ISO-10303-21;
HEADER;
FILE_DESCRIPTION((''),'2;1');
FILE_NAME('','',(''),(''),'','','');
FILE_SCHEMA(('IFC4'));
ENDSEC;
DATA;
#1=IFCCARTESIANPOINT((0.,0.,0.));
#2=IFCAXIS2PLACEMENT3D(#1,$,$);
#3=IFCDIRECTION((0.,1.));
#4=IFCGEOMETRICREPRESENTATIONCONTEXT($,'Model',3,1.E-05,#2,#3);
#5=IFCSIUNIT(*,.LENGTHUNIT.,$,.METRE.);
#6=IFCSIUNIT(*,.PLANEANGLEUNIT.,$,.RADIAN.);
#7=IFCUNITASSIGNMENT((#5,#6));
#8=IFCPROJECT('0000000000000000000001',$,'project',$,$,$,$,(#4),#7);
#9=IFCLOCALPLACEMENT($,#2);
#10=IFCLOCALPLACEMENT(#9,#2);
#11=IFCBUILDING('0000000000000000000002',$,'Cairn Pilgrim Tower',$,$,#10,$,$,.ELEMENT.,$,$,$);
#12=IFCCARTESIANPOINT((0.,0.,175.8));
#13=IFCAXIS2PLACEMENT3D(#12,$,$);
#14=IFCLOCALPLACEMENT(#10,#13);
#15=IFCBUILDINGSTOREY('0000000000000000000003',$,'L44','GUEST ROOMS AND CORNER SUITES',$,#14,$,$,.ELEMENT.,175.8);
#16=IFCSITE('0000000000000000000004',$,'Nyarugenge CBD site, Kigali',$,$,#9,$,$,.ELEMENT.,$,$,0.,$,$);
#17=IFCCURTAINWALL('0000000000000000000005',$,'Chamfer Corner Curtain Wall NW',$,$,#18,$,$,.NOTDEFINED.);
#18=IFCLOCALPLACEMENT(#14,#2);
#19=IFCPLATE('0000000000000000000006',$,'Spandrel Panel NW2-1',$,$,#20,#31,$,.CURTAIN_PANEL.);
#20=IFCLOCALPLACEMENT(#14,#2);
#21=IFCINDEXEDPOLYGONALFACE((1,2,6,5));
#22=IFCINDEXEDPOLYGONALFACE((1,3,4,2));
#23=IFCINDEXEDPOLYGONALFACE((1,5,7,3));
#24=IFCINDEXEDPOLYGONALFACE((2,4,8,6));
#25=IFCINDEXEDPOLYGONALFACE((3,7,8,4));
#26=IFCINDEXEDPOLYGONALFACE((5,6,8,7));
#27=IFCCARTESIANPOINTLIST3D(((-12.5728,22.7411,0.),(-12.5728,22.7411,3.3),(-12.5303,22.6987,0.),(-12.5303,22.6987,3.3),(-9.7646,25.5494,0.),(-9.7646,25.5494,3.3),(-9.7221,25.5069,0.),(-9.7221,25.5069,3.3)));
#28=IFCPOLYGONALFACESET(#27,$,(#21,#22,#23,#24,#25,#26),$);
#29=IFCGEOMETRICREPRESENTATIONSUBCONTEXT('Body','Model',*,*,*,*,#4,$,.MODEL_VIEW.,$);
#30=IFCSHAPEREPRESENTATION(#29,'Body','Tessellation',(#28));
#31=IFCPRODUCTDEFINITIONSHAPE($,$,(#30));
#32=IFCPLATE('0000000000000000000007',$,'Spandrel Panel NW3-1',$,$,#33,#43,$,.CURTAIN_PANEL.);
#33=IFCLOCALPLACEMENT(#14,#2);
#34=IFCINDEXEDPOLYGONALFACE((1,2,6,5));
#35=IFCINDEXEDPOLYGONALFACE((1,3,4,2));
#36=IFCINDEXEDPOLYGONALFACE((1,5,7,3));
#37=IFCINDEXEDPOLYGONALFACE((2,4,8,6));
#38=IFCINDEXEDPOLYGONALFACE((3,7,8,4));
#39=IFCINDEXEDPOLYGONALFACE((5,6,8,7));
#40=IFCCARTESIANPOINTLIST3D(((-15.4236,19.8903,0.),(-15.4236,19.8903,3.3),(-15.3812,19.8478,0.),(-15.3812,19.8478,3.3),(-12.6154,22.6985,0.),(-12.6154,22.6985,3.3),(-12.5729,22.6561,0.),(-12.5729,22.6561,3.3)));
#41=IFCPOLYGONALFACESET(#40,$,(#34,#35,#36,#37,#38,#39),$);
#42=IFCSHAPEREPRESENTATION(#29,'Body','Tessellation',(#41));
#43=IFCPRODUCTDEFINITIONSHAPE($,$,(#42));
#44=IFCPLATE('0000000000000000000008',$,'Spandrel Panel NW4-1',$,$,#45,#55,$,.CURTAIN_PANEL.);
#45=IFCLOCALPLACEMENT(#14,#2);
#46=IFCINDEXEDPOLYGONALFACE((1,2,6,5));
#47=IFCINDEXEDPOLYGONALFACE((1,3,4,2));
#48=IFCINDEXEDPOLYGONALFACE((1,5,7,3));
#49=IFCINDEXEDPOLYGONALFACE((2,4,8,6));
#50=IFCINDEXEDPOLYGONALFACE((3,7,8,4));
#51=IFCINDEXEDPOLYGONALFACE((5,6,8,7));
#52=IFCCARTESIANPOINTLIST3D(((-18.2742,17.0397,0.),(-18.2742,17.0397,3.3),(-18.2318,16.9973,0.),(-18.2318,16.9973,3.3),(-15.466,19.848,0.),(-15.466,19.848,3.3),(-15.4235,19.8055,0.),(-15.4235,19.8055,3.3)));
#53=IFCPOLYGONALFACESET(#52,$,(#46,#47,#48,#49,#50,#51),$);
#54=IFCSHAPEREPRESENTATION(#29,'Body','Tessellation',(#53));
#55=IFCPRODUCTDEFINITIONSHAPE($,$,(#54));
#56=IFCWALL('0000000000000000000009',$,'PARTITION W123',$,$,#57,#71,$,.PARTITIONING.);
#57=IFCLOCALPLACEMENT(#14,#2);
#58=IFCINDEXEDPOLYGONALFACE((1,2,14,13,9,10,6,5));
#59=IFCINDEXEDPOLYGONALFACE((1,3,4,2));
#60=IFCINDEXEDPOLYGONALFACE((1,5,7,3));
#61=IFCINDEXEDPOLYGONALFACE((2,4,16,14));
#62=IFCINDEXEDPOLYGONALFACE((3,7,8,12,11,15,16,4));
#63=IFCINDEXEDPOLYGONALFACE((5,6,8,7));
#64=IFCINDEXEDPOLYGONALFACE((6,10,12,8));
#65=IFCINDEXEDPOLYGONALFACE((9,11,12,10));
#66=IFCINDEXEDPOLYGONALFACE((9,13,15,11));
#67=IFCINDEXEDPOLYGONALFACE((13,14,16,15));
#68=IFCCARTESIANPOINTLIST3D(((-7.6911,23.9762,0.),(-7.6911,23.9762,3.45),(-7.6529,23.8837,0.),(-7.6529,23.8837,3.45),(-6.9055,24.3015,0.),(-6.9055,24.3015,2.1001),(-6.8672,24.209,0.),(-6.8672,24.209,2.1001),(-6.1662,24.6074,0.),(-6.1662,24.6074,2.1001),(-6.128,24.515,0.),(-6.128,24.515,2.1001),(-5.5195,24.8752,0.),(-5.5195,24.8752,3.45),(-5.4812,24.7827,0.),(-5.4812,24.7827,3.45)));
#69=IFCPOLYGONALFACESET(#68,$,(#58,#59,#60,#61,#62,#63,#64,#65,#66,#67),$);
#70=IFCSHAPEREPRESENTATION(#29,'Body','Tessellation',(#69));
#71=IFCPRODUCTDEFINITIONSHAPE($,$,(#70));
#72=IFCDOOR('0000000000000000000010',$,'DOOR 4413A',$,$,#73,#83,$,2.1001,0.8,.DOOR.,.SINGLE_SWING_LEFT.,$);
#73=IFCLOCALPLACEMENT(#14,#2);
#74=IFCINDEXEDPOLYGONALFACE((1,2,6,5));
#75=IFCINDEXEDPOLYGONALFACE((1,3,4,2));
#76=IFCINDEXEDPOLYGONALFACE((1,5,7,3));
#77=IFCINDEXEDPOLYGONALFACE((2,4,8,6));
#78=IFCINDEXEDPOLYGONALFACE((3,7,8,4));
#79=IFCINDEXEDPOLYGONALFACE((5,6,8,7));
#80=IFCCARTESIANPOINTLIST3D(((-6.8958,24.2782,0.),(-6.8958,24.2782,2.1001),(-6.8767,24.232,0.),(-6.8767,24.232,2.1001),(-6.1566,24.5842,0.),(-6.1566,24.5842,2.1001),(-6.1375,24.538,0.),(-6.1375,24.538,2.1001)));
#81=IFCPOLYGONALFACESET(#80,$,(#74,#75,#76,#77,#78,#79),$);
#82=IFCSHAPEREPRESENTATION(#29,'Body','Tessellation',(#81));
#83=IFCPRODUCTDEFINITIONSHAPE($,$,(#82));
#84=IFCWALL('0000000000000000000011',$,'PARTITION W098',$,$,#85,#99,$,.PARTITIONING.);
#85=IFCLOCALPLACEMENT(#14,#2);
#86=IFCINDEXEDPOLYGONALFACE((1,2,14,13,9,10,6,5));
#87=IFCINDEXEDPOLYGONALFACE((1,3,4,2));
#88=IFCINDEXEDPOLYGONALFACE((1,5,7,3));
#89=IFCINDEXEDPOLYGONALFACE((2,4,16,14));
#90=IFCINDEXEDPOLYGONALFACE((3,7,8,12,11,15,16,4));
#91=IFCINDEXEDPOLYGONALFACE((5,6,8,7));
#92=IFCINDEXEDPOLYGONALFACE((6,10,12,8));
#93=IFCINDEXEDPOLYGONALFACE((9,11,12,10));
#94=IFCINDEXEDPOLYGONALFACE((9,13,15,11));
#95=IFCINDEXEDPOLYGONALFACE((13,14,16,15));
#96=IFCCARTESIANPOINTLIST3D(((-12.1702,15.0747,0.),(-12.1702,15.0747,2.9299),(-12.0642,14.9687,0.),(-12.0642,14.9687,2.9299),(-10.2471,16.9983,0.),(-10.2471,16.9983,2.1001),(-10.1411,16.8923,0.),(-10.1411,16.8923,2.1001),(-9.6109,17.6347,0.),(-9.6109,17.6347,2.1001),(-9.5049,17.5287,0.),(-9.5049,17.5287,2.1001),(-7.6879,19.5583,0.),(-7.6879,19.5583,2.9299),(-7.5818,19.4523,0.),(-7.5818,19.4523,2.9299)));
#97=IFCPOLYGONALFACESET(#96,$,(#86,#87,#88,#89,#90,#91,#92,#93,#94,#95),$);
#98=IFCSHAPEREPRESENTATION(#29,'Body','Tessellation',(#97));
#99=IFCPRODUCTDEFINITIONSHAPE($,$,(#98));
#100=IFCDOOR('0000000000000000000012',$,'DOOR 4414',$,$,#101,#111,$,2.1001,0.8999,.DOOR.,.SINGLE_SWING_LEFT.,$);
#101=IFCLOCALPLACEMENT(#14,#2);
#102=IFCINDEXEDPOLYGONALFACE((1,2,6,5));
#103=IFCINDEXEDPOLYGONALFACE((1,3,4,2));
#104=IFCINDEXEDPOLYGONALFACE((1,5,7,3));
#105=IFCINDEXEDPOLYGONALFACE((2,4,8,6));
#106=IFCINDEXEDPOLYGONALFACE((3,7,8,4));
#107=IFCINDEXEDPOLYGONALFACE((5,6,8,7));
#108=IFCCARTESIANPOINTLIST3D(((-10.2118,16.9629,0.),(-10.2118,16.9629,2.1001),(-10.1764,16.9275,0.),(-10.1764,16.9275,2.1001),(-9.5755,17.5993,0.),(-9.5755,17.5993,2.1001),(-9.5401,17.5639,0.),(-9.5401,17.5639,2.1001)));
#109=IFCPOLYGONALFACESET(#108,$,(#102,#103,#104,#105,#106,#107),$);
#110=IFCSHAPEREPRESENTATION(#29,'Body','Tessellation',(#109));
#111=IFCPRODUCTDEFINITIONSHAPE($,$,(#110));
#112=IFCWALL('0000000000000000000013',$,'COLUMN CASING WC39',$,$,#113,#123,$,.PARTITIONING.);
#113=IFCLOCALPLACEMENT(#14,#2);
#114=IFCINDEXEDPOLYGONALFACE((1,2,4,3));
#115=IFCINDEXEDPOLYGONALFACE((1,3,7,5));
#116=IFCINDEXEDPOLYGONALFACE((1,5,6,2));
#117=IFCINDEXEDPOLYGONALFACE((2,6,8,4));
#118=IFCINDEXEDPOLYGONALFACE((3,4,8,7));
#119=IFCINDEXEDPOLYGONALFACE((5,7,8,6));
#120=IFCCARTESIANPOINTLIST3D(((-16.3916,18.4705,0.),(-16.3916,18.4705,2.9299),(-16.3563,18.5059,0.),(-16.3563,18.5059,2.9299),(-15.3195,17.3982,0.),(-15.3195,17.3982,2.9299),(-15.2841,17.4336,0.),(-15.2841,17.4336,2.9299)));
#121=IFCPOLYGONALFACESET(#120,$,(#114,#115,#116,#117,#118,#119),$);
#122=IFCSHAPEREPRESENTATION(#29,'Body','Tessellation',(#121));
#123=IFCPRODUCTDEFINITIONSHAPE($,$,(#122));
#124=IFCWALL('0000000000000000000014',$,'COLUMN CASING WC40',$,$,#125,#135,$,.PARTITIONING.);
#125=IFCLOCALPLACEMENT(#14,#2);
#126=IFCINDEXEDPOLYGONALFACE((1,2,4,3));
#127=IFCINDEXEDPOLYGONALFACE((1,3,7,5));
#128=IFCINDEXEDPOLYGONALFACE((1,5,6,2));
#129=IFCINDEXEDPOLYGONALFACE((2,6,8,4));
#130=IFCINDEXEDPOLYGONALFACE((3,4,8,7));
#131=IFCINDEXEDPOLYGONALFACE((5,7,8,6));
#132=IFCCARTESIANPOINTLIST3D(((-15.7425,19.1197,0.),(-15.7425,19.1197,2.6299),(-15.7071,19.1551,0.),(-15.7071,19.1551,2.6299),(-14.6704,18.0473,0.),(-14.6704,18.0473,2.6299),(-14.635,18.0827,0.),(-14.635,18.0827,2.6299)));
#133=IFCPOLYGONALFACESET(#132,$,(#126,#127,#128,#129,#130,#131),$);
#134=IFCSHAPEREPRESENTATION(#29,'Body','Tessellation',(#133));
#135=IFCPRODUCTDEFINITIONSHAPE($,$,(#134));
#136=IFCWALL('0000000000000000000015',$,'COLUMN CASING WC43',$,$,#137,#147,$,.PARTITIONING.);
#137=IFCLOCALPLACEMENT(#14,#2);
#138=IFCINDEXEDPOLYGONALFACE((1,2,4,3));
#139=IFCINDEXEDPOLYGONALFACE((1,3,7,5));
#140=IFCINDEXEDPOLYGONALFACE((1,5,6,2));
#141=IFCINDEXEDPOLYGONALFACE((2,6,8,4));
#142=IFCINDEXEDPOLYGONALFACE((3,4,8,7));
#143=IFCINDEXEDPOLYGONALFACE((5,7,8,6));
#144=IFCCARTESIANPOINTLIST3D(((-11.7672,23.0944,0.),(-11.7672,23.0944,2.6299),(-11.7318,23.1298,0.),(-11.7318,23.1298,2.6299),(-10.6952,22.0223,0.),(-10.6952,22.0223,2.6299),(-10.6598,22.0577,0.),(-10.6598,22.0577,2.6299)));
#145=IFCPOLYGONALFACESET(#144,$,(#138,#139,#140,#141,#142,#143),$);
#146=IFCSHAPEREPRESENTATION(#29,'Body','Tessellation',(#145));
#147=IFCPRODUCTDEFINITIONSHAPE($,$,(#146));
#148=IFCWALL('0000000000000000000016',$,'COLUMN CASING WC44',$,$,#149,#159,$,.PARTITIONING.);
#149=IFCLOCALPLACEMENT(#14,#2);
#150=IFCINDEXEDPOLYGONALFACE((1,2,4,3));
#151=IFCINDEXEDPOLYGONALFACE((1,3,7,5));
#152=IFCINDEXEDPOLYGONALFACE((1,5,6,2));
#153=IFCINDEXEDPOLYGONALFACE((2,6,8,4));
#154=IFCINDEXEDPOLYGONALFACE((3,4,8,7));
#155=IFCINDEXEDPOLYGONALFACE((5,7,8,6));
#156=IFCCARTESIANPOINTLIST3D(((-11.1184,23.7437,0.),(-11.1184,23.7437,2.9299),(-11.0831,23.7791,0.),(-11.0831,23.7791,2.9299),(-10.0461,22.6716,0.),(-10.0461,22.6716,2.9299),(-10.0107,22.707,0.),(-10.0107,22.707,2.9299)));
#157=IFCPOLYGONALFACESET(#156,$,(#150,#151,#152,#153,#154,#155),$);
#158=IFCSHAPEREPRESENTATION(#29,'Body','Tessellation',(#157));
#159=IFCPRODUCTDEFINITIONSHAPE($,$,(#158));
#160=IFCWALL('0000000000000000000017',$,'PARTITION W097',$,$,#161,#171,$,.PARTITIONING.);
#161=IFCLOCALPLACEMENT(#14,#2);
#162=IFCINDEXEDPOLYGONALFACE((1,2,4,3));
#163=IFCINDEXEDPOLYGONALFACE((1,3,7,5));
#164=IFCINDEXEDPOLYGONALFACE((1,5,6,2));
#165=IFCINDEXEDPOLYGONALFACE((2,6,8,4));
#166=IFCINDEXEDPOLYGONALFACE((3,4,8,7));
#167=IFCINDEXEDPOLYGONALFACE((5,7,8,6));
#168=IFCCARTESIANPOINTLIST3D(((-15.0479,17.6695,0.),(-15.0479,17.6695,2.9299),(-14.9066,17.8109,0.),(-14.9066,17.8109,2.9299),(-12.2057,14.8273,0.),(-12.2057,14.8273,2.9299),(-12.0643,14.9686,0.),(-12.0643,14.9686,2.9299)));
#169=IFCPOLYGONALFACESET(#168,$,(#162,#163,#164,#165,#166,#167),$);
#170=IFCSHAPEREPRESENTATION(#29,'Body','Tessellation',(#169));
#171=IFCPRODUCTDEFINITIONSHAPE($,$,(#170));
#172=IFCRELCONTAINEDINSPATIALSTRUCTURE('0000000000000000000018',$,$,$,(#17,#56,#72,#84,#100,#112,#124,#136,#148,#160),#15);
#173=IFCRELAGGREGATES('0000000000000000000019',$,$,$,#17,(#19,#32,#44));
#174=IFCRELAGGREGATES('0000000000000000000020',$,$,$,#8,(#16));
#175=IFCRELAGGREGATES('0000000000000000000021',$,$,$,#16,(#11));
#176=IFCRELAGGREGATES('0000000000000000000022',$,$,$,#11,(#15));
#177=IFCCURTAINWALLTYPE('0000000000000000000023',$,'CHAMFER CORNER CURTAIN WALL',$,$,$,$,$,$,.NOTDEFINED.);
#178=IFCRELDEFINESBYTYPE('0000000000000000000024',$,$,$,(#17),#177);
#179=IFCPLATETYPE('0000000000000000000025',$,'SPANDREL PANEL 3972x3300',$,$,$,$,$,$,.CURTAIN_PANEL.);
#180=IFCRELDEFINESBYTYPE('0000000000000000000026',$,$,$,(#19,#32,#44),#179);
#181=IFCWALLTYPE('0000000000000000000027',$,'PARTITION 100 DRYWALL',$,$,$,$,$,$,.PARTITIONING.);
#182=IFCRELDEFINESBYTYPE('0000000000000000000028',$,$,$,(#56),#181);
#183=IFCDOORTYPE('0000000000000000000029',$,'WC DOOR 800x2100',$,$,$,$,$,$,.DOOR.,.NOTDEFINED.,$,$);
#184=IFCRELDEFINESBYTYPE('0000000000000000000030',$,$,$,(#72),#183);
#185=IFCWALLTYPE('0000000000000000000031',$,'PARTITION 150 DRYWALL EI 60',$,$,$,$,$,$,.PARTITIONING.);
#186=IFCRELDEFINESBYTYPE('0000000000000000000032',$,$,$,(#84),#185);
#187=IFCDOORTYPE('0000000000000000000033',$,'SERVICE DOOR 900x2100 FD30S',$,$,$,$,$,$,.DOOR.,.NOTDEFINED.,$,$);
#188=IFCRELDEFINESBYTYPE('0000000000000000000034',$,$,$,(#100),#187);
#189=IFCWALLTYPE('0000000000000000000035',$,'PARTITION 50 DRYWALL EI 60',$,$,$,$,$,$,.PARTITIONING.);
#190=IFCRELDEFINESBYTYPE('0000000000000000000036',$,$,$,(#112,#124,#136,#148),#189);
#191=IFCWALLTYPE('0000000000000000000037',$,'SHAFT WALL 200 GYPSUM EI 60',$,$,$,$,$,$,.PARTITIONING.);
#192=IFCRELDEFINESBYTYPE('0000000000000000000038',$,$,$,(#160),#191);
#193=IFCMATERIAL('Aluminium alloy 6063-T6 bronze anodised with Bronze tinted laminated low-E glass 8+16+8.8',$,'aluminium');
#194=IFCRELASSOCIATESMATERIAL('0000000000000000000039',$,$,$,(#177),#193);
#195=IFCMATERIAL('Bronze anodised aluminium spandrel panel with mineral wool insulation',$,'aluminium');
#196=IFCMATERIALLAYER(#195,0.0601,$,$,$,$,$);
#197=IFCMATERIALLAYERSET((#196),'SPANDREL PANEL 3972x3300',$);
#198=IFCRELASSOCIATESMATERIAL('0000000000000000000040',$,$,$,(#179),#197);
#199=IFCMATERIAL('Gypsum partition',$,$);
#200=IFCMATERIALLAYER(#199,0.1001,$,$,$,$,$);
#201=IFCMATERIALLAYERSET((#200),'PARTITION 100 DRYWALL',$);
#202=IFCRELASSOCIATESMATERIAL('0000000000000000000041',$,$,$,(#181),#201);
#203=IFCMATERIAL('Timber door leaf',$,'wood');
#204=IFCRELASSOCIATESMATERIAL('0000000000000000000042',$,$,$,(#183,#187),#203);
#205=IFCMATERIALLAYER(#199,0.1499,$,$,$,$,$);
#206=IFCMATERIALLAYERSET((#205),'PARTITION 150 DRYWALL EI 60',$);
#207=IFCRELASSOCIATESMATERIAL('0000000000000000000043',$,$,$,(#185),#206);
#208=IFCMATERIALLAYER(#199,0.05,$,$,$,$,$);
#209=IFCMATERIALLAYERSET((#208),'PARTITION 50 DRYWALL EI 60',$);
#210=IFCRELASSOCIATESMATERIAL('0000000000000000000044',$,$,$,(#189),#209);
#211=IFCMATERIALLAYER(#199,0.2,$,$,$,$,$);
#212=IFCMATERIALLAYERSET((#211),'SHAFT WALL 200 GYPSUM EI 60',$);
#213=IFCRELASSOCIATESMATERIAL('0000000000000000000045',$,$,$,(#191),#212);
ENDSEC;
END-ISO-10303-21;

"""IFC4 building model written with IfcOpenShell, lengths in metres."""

from ifc_helpers import new_model, si_unit, direction, frame, frame_2d, origin, origin_2d, place, context, subcontext, project, spatial, rectangle, extrude, material, layer, layer_set, type_object, element, fill, aggregate, save


model = new_model("IFC4")

# Units and contexts
model_context = context("Model", 3, precision=1e-05, world=origin(), true_north=direction((0.0, 1.0)))
body_context = subcontext(model_context, "Body", "Model", "MODEL_VIEW")
ifc_project = project(units=[si_unit("LENGTHUNIT", "METRE"), si_unit("PLANEANGLEUNIT", "RADIAN")], contexts=[model_context])

# Site, building, storey
site_placement = place(None, origin())
site = spatial("IfcSite", under=ifc_project, at=site_placement, Name="Nyarugenge CBD site, Kigali", CompositionType="ELEMENT", RefElevation=0.0)
building_placement = place(site_placement, origin())
building = spatial("IfcBuilding", under=site, at=building_placement, Name="Cairn Pilgrim Tower", CompositionType="ELEMENT")
storey_placement = place(building_placement, frame((0.0, 0.0, 175.8)))
storey = spatial("IfcBuildingStorey", under=building, at=storey_placement, Name="L44", Description="GUEST ROOMS AND CORNER SUITES", CompositionType="ELEMENT", Elevation=175.8)

# Curtain wall
ifc_material_1 = material(Name="Aluminium alloy 6063-T6 bronze anodised with Bronze tinted laminated low-E glass 8+16+8.8", Category="aluminium")
curtain_wall_type = type_object("IfcCurtainWallType", Name="CHAMFER CORNER CURTAIN WALL", PredefinedType="NOTDEFINED", material=ifc_material_1)
curtain_wall_placement = place(storey_placement, origin())
curtain_wall = element("IfcCurtainWall", 1, at=curtain_wall_placement, inside=storey, type_object=curtain_wall_type, Name="Chamfer Corner Curtain Wall NW", PredefinedType="NOTDEFINED")

# Plates
ifc_material_2 = material(Name="Bronze anodised aluminium spandrel panel with mineral wool insulation", Category="aluminium")
ifc_layer_1 = layer(ifc_material_2, 0.0601)
ifc_layer_set_1 = layer_set([ifc_layer_1], Name="SPANDREL PANEL 3972x3300")
plate_type = type_object("IfcPlateType", Name="SPANDREL PANEL 3972x3300", PredefinedType="CURTAIN_PANEL", material=ifc_layer_set_1)
plate_1_placement = place(storey_placement, frame((-11.1475, 24.124, 0.0), z_axis=(0.0, 0.0, 1.0), x_axis=(-0.707107, -0.707107, 0.0)))
plate_1 = element("IfcPlate", 2, at=plate_1_placement, type_object=plate_type, Name="Spandrel Panel NW2-1", PredefinedType="CURTAIN_PANEL", context=body_context, shape_type="SweptSolid", body=[
    extrude(rectangle(XDim=3.9714, YDim=0.0601, at=origin_2d()), origin(), (0.0, 0.0, 1.0), 3.3),
])
plate_2_placement = place(storey_placement, frame((-13.9983, 21.2732, 0.0), z_axis=(0.0, 0.0, 1.0), x_axis=(-0.707107, -0.707107, 0.0)))
plate_2 = element("IfcPlate", 3, at=plate_2_placement, type_object=plate_type, Name="Spandrel Panel NW3-1", PredefinedType="CURTAIN_PANEL", context=body_context, shape_type="SweptSolid", body=[
    extrude(rectangle(XDim=3.9714, YDim=0.0601, at=origin_2d()), origin(), (0.0, 0.0, 1.0), 3.3),
])
plate_3_placement = place(storey_placement, frame((-16.8489, 18.4226, 0.0), z_axis=(0.0, 0.0, 1.0), x_axis=(-0.707107, -0.707107, 0.0)))
plate_3 = element("IfcPlate", 4, at=plate_3_placement, type_object=plate_type, Name="Spandrel Panel NW4-1", PredefinedType="CURTAIN_PANEL", context=body_context, shape_type="SweptSolid", body=[
    extrude(rectangle(XDim=3.9714, YDim=0.0601, at=origin_2d()), origin(), (0.0, 0.0, 1.0), 3.3),
])
aggregate(curtain_wall, [plate_1, plate_2, plate_3])

# Walls, openings, doors
ifc_material_3 = material(Name="Gypsum partition")
ifc_layer_2 = layer(ifc_material_3, 0.1001)
ifc_layer_set_2 = layer_set([ifc_layer_2], Name="PARTITION 100 DRYWALL")
wall_type_1 = type_object("IfcWallType", Name="PARTITION 100 DRYWALL", PredefinedType="PARTITIONING", material=ifc_layer_set_2)
wall_1_placement = place(storey_placement, frame((-7.6721, 23.9299, 0.0), z_axis=(0.0, 0.0, 1.0), x_axis=(0.923969, 0.382468, 0.0)))
wall_1 = element("IfcWall", 5, at=wall_1_placement, inside=storey, type_object=wall_type_1, Name="PARTITION W123", PredefinedType="PARTITIONING", context=body_context, shape_type="SweptSolid", body=[
    extrude(rectangle(XDim=2.3503, YDim=0.1001, at=frame_2d((1.1753, 0.0))), origin(), (0.0, 0.0, 1.0), 3.45),
])
opening_1_placement = place(wall_1_placement, frame((0.8506, 0.0, 0.0)))
opening_1 = element("IfcOpeningElement", 6, at=opening_1_placement, cuts=wall_1, PredefinedType="OPENING", context=body_context, shape_type="SweptSolid", body=[
    extrude(rectangle(XDim=0.8, YDim=2.1001, at=frame_2d((0.3999, 1.05))), frame((0.0, 0.0601, 0.0), z_axis=(0.0, -1.0, 0.0), x_axis=(1.0, 0.0, 0.0)), (0.0, 0.0, 1.0), 0.1201),
])
ifc_material_4 = material(Name="Timber door leaf", Category="wood")
door_type_1 = type_object("IfcDoorType", Name="WC DOOR 800x2100", OperationType="NOTDEFINED", PredefinedType="DOOR", material=ifc_material_4)
door_1_placement = place(opening_1_placement, origin())
door_1 = element("IfcDoor", 7, at=door_1_placement, inside=storey, type_object=door_type_1, Name="DOOR 4413A", OperationType="SINGLE_SWING_LEFT", OverallHeight=2.1001, OverallWidth=0.8, PredefinedType="DOOR", context=body_context, shape_type="SweptSolid", body=[
    extrude(rectangle(XDim=0.8, YDim=2.1001, at=frame_2d((0.3999, 1.05))), frame((0.0, 0.0249, 0.0), z_axis=(0.0, -1.0, 0.0), x_axis=(1.0, 0.0, 0.0)), (0.0, 0.0, 1.0), 0.05),
])
fill(opening_1, door_1)
ifc_layer_3 = layer(ifc_material_3, 0.1499)
ifc_layer_set_3 = layer_set([ifc_layer_3], Name="PARTITION 150 DRYWALL EI 60")
wall_type_2 = type_object("IfcWallType", Name="PARTITION 150 DRYWALL EI 60", PredefinedType="PARTITIONING", material=ifc_layer_set_3)
wall_2_placement = place(storey_placement, frame((-12.1172, 15.0217, 0.0), z_axis=(0.0, 0.0, 1.0), x_axis=(0.707011, 0.707203, 0.0)))
wall_2 = element("IfcWall", 8, at=wall_2_placement, inside=storey, type_object=wall_type_2, Name="PARTITION W098", PredefinedType="PARTITIONING", context=body_context, shape_type="SweptSolid", body=[
    extrude(rectangle(XDim=6.3398, YDim=0.1499, at=frame_2d((3.1699, 0.0))), origin(), (0.0, 0.0, 1.0), 2.9299),
])
opening_2_placement = place(wall_2_placement, frame((2.72, 0.0, 0.0)))
opening_2 = element("IfcOpeningElement", 9, at=opening_2_placement, cuts=wall_2, PredefinedType="OPENING", context=body_context, shape_type="SweptSolid", body=[
    extrude(rectangle(XDim=0.8999, YDim=2.1001, at=frame_2d((0.45, 1.05))), frame((0.0, 0.085, 0.0), z_axis=(0.0, -1.0, 0.0), x_axis=(1.0, 0.0, 0.0)), (0.0, 0.0, 1.0), 0.1699),
])
door_type_2 = type_object("IfcDoorType", Name="SERVICE DOOR 900x2100 FD30S", OperationType="NOTDEFINED", PredefinedType="DOOR", material=ifc_material_4)
door_2_placement = place(opening_2_placement, origin())
door_2 = element("IfcDoor", 10, at=door_2_placement, inside=storey, type_object=door_type_2, Name="DOOR 4414", OperationType="SINGLE_SWING_LEFT", OverallHeight=2.1001, OverallWidth=0.8999, PredefinedType="DOOR", context=body_context, shape_type="SweptSolid", body=[
    extrude(rectangle(XDim=0.8999, YDim=2.1001, at=frame_2d((0.45, 1.05))), frame((0.0, 0.0249, 0.0), z_axis=(0.0, -1.0, 0.0), x_axis=(1.0, 0.0, 0.0)), (0.0, 0.0, 1.0), 0.05),
])
fill(opening_2, door_2)

# Walls
ifc_layer_4 = layer(ifc_material_3, 0.05)
ifc_layer_set_4 = layer_set([ifc_layer_4], Name="PARTITION 50 DRYWALL EI 60")
wall_type_3 = type_object("IfcWallType", Name="PARTITION 50 DRYWALL EI 60", PredefinedType="PARTITIONING", material=ifc_layer_set_4)
wall_3_placement = place(storey_placement, frame((-15.3018, 17.4158, 0.0), z_axis=(0.0, 0.0, 1.0), x_axis=(-0.707026, 0.707187, 0.0)))
element("IfcWall", 11, at=wall_3_placement, inside=storey, type_object=wall_type_3, Name="COLUMN CASING WC39", PredefinedType="PARTITIONING", context=body_context, shape_type="SweptSolid", body=[
    extrude(rectangle(XDim=1.5164, YDim=0.05, at=frame_2d((0.7583, 0.0))), origin(), (0.0, 0.0, 1.0), 2.9299),
])
wall_4_placement = place(storey_placement, frame((-14.6526, 18.0649, 0.0), z_axis=(0.0, 0.0, 1.0), x_axis=(-0.707026, 0.707187, 0.0)))
element("IfcWall", 12, at=wall_4_placement, inside=storey, type_object=wall_type_3, Name="COLUMN CASING WC40", PredefinedType="PARTITIONING", context=body_context, shape_type="SweptSolid", body=[
    extrude(rectangle(XDim=1.5164, YDim=0.05, at=frame_2d((0.7583, 0.0))), origin(), (0.0, 0.0, 1.0), 2.6299),
])
wall_5_placement = place(storey_placement, frame((-10.6775, 22.04, 0.0), z_axis=(0.0, 0.0, 1.0), x_axis=(-0.707107, 0.707107, 0.0)))
element("IfcWall", 13, at=wall_5_placement, inside=storey, type_object=wall_type_3, Name="COLUMN CASING WC43", PredefinedType="PARTITIONING", context=body_context, shape_type="SweptSolid", body=[
    extrude(rectangle(XDim=1.5161, YDim=0.05, at=frame_2d((0.7581, 0.0))), origin(), (0.0, 0.0, 1.0), 2.6299),
])
wall_6_placement = place(storey_placement, frame((-10.0283, 22.6892, 0.0), z_axis=(0.0, 0.0, 1.0), x_axis=(-0.707187, 0.707026, 0.0)))
element("IfcWall", 14, at=wall_6_placement, inside=storey, type_object=wall_type_3, Name="COLUMN CASING WC44", PredefinedType="PARTITIONING", context=body_context, shape_type="SweptSolid", body=[
    extrude(rectangle(XDim=1.5164, YDim=0.05, at=frame_2d((0.7583, 0.0))), origin(), (0.0, 0.0, 1.0), 2.9299),
])
ifc_layer_5 = layer(ifc_material_3, 0.2)
ifc_layer_set_5 = layer_set([ifc_layer_5], Name="SHAFT WALL 200 GYPSUM EI 60")
wall_type_4 = type_object("IfcWallType", Name="SHAFT WALL 200 GYPSUM EI 60", PredefinedType="PARTITIONING", material=ifc_layer_set_5)
wall_7_placement = place(storey_placement, frame((-12.135, 14.8979, 0.0), z_axis=(0.0, 0.0, 1.0), x_axis=(-0.707107, 0.707107, 0.0)))
element("IfcWall", 15, at=wall_7_placement, inside=storey, type_object=wall_type_4, Name="PARTITION W097", PredefinedType="PARTITIONING", context=body_context, shape_type="SweptSolid", body=[
    extrude(rectangle(XDim=4.0195, YDim=0.2, at=frame_2d((2.0098, 0.0))), origin(), (0.0, 0.0, 1.0), 2.9299),
])

save(model, "model.ifc")
